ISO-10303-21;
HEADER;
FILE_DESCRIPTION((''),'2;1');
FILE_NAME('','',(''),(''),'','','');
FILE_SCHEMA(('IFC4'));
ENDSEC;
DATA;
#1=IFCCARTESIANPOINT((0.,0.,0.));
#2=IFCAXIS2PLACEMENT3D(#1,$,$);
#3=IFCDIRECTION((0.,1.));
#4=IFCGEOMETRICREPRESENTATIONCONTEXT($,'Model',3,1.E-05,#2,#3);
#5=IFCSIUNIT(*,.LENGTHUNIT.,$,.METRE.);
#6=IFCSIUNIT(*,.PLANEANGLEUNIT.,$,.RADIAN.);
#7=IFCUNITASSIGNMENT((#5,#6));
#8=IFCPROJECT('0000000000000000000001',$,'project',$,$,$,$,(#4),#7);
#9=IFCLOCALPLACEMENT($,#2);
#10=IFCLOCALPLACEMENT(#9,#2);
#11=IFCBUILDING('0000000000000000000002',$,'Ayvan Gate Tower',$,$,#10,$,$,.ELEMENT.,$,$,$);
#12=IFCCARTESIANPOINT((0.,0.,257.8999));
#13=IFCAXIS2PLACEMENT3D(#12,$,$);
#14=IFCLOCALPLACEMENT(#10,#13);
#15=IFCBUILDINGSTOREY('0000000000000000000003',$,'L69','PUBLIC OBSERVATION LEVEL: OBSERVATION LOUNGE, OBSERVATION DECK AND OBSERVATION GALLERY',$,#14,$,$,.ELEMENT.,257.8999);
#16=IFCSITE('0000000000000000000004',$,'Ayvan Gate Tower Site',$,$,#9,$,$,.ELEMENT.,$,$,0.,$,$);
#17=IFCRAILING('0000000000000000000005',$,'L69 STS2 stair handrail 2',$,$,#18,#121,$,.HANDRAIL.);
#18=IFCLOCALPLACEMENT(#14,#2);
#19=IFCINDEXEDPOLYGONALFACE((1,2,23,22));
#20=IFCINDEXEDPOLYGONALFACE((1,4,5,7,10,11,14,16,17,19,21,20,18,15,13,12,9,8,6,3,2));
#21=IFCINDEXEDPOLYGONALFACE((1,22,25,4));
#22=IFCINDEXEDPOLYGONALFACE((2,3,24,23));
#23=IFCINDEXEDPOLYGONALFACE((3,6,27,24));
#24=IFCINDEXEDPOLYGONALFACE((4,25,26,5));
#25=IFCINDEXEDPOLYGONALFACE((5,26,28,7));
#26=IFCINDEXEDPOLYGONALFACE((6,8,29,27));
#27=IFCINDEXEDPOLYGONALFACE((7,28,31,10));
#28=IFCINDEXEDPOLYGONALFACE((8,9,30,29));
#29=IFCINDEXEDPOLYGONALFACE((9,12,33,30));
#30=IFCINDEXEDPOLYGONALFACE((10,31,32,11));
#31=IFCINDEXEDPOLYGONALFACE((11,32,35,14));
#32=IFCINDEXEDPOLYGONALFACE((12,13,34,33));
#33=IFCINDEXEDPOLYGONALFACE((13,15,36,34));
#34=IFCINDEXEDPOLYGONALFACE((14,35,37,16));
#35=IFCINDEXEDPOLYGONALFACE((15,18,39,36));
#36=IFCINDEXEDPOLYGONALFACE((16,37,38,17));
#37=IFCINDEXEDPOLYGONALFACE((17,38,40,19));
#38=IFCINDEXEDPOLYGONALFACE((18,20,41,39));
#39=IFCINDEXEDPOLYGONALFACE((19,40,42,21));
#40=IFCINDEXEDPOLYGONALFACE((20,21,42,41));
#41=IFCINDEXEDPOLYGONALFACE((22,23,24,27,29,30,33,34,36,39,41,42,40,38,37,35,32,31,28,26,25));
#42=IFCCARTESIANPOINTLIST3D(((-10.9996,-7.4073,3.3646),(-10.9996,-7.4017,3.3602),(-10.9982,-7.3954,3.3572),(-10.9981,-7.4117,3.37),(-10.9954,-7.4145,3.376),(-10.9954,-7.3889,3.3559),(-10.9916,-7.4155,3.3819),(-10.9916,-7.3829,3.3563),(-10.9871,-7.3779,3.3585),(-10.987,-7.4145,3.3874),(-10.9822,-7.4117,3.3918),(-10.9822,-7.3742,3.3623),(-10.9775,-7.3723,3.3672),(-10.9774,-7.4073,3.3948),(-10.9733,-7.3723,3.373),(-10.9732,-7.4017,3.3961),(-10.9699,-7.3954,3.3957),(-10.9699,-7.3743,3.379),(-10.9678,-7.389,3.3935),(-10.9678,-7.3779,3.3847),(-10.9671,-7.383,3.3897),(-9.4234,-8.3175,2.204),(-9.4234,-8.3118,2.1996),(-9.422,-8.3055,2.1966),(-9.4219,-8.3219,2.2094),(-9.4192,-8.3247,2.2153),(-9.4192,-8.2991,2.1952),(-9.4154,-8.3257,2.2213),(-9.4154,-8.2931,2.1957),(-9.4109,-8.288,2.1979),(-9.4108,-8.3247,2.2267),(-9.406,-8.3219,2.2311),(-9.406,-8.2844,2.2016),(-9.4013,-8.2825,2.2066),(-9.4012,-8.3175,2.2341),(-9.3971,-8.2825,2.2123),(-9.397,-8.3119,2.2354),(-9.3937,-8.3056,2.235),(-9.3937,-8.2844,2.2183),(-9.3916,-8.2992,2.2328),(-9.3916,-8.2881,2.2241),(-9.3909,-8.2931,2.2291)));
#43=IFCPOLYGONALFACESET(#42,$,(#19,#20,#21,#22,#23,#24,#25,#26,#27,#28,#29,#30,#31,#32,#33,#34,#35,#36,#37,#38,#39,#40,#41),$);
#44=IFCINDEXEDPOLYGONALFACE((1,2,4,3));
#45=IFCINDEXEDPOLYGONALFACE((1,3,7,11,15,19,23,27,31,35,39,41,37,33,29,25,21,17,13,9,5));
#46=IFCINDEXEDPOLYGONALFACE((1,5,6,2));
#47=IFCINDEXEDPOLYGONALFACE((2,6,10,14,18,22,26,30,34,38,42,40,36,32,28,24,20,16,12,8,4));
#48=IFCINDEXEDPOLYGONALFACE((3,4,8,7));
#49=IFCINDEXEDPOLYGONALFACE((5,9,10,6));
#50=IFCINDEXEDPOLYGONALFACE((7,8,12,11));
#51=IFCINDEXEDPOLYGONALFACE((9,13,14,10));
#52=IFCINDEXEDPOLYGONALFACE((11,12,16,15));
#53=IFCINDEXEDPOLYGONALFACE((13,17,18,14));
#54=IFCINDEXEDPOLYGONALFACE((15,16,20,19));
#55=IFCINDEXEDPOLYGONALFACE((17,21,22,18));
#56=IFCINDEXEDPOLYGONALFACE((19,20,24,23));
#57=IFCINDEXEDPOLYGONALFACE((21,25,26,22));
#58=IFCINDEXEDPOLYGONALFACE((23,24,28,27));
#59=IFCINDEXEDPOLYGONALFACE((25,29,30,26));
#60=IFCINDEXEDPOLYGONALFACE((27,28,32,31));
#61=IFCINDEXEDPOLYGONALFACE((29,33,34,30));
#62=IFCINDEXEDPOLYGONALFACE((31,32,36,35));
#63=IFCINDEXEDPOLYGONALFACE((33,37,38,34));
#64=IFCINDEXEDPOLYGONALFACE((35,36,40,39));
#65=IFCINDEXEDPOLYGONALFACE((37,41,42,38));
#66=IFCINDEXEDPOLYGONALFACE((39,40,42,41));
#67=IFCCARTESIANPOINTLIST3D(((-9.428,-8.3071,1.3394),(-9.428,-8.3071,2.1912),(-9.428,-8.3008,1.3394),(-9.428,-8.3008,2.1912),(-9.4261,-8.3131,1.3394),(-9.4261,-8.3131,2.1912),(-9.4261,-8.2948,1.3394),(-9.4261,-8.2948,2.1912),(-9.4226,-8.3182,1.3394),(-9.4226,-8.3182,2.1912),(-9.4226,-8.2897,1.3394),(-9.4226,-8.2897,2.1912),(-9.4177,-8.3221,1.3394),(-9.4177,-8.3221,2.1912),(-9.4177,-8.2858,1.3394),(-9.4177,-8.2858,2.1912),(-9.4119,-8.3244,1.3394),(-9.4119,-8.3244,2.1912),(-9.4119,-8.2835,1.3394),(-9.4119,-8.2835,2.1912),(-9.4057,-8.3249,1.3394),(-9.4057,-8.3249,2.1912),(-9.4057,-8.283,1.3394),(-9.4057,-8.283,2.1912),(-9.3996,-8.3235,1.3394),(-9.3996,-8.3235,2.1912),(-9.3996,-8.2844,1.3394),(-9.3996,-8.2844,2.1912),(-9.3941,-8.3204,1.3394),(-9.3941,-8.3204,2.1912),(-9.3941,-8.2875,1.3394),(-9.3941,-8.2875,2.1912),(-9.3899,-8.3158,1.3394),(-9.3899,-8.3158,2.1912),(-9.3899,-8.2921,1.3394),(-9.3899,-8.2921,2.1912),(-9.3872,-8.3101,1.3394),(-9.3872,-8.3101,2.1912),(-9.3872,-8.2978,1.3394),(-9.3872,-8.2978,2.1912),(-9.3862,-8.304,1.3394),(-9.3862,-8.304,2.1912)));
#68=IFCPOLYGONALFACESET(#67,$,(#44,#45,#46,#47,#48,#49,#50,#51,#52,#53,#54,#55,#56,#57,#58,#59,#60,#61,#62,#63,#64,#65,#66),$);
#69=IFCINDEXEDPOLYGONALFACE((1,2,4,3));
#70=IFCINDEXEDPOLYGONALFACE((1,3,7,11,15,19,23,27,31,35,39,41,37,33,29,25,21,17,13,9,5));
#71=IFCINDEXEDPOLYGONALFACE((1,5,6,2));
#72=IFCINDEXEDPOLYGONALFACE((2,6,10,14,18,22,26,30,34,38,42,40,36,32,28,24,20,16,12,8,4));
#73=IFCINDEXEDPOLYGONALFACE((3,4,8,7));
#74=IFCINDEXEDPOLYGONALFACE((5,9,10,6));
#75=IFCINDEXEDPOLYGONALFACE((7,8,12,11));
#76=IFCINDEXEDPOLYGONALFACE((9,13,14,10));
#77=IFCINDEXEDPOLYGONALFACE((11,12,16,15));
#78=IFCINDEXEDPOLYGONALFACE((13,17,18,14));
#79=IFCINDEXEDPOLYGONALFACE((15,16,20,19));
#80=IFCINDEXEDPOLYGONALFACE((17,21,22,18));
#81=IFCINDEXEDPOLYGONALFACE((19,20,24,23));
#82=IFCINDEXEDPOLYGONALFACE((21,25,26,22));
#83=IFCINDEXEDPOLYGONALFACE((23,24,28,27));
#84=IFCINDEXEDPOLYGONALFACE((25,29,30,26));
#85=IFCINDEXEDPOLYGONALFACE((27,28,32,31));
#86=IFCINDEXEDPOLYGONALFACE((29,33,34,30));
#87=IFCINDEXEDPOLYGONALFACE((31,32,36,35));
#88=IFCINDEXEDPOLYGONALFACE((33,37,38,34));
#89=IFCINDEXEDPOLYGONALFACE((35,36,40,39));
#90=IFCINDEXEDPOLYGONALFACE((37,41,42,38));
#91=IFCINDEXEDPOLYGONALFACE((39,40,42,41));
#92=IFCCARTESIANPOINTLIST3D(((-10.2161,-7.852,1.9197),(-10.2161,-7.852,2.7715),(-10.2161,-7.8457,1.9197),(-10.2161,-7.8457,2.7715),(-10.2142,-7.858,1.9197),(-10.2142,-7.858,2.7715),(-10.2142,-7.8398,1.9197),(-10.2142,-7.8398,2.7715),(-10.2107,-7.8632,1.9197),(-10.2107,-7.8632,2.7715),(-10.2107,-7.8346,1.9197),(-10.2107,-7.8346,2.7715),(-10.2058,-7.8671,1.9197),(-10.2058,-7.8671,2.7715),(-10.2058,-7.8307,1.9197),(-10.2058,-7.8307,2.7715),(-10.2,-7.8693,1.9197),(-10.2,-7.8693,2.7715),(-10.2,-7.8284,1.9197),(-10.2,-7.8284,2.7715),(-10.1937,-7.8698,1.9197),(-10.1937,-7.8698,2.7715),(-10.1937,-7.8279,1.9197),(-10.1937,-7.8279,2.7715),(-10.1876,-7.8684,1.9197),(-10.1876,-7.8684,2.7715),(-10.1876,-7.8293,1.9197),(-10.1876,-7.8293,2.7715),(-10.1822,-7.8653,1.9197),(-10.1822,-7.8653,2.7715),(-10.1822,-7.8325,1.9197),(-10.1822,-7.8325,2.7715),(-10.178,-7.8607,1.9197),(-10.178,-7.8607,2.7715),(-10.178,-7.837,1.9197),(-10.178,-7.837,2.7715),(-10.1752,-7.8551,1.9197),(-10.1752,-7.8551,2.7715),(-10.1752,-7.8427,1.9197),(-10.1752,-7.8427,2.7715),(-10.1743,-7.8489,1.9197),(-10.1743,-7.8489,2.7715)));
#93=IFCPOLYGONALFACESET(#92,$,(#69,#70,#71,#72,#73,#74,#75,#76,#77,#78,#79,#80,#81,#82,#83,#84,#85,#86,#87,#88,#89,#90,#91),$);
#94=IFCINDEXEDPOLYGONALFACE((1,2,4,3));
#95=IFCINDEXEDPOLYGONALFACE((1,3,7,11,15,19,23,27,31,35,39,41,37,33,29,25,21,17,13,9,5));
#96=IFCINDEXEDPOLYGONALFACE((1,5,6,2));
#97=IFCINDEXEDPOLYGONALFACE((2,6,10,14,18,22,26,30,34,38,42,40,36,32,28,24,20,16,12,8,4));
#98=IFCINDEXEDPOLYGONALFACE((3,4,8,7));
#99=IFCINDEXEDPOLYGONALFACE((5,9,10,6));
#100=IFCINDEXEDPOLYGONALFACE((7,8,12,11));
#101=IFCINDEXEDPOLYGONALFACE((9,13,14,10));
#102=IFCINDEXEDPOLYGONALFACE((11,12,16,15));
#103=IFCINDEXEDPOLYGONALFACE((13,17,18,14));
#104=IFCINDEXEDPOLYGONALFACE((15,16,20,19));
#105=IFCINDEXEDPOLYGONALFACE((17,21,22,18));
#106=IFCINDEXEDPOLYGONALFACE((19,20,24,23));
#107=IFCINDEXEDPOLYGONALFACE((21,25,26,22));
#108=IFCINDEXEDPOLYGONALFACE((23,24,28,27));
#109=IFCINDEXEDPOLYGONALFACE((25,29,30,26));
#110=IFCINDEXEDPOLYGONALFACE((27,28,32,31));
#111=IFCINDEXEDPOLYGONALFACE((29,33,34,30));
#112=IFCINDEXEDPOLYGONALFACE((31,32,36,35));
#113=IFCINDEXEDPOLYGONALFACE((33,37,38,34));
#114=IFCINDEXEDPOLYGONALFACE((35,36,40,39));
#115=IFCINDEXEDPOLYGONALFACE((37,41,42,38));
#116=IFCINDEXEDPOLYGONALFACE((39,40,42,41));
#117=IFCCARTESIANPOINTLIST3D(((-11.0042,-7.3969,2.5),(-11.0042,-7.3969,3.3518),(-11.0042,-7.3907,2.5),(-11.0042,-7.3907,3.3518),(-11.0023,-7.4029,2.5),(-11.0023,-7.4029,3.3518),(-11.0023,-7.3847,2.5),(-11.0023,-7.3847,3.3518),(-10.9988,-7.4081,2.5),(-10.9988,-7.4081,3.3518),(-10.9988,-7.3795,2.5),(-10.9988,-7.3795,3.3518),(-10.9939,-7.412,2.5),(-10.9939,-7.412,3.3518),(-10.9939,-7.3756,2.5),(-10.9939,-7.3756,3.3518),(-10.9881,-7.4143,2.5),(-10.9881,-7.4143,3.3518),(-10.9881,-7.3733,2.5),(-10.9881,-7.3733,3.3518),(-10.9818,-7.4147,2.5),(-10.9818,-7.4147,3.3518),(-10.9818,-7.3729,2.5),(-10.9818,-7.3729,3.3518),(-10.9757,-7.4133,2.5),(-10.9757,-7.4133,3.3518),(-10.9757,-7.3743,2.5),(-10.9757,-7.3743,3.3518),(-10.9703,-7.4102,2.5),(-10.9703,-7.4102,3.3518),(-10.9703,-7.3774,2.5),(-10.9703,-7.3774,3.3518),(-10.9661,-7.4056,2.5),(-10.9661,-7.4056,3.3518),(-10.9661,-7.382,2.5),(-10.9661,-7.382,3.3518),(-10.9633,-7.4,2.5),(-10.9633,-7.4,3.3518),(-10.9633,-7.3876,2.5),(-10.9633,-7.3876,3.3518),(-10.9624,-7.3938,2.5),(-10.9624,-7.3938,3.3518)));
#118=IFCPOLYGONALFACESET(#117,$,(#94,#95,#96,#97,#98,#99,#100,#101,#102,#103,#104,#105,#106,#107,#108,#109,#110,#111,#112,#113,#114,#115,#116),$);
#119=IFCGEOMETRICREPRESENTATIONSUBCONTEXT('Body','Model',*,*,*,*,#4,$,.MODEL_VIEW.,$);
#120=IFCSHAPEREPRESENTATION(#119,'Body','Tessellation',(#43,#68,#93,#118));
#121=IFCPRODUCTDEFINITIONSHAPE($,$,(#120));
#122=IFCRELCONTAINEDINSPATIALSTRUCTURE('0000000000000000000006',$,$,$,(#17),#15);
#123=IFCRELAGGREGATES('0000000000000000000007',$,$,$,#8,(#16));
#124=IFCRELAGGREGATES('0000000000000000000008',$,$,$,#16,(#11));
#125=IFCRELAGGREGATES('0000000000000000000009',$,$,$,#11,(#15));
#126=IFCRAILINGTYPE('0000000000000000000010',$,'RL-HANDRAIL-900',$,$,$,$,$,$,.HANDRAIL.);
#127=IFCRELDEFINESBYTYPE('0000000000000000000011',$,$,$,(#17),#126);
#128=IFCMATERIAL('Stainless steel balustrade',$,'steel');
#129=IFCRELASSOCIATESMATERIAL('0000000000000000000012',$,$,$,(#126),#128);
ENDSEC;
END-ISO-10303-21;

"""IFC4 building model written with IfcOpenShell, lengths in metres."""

from ifc_helpers import new_model, si_unit, direction, frame, origin, origin_2d, place, context, subcontext, project, spatial, circle, extrude, material, type_object, element, save


model = new_model("IFC4")

# Units and contexts
model_context = context("Model", 3, precision=1e-05, world=origin(), true_north=direction((0.0, 1.0)))
body_context = subcontext(model_context, "Body", "Model", "MODEL_VIEW")
ifc_project = project(units=[si_unit("LENGTHUNIT", "METRE"), si_unit("PLANEANGLEUNIT", "RADIAN")], contexts=[model_context])

# Site, building, storey
site_placement = place(None, origin())
site = spatial("IfcSite", under=ifc_project, at=site_placement, Name="Ayvan Gate Tower Site", CompositionType="ELEMENT", RefElevation=0.0)
building_placement = place(site_placement, origin())
building = spatial("IfcBuilding", under=site, at=building_placement, Name="Ayvan Gate Tower", CompositionType="ELEMENT")
storey_placement = place(building_placement, frame((0.0, 0.0, 257.8999)))
storey = spatial("IfcBuildingStorey", under=building, at=storey_placement, Name="L69", Description="PUBLIC OBSERVATION LEVEL: OBSERVATION LOUNGE, OBSERVATION DECK AND OBSERVATION GALLERY", CompositionType="ELEMENT", Elevation=257.8999)

# Railing
ifc_material_1 = material(Name="Stainless steel balustrade", Category="steel")
railing_type_1 = type_object("IfcRailingType", Name="RL-HANDRAIL-900", PredefinedType="HANDRAIL", material=ifc_material_1)
railing_1_placement = place(storey_placement, frame((-9.4072, -8.304, 1.3394)))
element("IfcRailing", 1, at=railing_1_placement, inside=storey, type_object=railing_type_1, Name="L69 STS2 stair handrail 2", PredefinedType="HANDRAIL", context=body_context, shape_type="SweptSolid", body=[
    extrude(circle(Radius=0.0239, at=origin_2d()), frame((0.0, 0.0, 0.876), z_axis=(-0.730163, 0.421631, 0.53767), x_axis=(-0.500063, -0.865989, 0.0)), (0.0, 0.0, 1.0), 2.1587),
    extrude(circle(Radius=0.021, at=origin_2d()), origin(), (0.0, 0.0, 1.0), 0.8518),
    extrude(circle(Radius=0.021, at=origin_2d()), frame((-0.7881, 0.4551, 0.5803)), (0.0, 0.0, 1.0), 0.8518),
    extrude(circle(Radius=0.021, at=origin_2d()), frame((-1.5762, 0.9102, 1.1606)), (0.0, 0.0, 1.0), 0.8518),
])

save(model, "model.ifc")
